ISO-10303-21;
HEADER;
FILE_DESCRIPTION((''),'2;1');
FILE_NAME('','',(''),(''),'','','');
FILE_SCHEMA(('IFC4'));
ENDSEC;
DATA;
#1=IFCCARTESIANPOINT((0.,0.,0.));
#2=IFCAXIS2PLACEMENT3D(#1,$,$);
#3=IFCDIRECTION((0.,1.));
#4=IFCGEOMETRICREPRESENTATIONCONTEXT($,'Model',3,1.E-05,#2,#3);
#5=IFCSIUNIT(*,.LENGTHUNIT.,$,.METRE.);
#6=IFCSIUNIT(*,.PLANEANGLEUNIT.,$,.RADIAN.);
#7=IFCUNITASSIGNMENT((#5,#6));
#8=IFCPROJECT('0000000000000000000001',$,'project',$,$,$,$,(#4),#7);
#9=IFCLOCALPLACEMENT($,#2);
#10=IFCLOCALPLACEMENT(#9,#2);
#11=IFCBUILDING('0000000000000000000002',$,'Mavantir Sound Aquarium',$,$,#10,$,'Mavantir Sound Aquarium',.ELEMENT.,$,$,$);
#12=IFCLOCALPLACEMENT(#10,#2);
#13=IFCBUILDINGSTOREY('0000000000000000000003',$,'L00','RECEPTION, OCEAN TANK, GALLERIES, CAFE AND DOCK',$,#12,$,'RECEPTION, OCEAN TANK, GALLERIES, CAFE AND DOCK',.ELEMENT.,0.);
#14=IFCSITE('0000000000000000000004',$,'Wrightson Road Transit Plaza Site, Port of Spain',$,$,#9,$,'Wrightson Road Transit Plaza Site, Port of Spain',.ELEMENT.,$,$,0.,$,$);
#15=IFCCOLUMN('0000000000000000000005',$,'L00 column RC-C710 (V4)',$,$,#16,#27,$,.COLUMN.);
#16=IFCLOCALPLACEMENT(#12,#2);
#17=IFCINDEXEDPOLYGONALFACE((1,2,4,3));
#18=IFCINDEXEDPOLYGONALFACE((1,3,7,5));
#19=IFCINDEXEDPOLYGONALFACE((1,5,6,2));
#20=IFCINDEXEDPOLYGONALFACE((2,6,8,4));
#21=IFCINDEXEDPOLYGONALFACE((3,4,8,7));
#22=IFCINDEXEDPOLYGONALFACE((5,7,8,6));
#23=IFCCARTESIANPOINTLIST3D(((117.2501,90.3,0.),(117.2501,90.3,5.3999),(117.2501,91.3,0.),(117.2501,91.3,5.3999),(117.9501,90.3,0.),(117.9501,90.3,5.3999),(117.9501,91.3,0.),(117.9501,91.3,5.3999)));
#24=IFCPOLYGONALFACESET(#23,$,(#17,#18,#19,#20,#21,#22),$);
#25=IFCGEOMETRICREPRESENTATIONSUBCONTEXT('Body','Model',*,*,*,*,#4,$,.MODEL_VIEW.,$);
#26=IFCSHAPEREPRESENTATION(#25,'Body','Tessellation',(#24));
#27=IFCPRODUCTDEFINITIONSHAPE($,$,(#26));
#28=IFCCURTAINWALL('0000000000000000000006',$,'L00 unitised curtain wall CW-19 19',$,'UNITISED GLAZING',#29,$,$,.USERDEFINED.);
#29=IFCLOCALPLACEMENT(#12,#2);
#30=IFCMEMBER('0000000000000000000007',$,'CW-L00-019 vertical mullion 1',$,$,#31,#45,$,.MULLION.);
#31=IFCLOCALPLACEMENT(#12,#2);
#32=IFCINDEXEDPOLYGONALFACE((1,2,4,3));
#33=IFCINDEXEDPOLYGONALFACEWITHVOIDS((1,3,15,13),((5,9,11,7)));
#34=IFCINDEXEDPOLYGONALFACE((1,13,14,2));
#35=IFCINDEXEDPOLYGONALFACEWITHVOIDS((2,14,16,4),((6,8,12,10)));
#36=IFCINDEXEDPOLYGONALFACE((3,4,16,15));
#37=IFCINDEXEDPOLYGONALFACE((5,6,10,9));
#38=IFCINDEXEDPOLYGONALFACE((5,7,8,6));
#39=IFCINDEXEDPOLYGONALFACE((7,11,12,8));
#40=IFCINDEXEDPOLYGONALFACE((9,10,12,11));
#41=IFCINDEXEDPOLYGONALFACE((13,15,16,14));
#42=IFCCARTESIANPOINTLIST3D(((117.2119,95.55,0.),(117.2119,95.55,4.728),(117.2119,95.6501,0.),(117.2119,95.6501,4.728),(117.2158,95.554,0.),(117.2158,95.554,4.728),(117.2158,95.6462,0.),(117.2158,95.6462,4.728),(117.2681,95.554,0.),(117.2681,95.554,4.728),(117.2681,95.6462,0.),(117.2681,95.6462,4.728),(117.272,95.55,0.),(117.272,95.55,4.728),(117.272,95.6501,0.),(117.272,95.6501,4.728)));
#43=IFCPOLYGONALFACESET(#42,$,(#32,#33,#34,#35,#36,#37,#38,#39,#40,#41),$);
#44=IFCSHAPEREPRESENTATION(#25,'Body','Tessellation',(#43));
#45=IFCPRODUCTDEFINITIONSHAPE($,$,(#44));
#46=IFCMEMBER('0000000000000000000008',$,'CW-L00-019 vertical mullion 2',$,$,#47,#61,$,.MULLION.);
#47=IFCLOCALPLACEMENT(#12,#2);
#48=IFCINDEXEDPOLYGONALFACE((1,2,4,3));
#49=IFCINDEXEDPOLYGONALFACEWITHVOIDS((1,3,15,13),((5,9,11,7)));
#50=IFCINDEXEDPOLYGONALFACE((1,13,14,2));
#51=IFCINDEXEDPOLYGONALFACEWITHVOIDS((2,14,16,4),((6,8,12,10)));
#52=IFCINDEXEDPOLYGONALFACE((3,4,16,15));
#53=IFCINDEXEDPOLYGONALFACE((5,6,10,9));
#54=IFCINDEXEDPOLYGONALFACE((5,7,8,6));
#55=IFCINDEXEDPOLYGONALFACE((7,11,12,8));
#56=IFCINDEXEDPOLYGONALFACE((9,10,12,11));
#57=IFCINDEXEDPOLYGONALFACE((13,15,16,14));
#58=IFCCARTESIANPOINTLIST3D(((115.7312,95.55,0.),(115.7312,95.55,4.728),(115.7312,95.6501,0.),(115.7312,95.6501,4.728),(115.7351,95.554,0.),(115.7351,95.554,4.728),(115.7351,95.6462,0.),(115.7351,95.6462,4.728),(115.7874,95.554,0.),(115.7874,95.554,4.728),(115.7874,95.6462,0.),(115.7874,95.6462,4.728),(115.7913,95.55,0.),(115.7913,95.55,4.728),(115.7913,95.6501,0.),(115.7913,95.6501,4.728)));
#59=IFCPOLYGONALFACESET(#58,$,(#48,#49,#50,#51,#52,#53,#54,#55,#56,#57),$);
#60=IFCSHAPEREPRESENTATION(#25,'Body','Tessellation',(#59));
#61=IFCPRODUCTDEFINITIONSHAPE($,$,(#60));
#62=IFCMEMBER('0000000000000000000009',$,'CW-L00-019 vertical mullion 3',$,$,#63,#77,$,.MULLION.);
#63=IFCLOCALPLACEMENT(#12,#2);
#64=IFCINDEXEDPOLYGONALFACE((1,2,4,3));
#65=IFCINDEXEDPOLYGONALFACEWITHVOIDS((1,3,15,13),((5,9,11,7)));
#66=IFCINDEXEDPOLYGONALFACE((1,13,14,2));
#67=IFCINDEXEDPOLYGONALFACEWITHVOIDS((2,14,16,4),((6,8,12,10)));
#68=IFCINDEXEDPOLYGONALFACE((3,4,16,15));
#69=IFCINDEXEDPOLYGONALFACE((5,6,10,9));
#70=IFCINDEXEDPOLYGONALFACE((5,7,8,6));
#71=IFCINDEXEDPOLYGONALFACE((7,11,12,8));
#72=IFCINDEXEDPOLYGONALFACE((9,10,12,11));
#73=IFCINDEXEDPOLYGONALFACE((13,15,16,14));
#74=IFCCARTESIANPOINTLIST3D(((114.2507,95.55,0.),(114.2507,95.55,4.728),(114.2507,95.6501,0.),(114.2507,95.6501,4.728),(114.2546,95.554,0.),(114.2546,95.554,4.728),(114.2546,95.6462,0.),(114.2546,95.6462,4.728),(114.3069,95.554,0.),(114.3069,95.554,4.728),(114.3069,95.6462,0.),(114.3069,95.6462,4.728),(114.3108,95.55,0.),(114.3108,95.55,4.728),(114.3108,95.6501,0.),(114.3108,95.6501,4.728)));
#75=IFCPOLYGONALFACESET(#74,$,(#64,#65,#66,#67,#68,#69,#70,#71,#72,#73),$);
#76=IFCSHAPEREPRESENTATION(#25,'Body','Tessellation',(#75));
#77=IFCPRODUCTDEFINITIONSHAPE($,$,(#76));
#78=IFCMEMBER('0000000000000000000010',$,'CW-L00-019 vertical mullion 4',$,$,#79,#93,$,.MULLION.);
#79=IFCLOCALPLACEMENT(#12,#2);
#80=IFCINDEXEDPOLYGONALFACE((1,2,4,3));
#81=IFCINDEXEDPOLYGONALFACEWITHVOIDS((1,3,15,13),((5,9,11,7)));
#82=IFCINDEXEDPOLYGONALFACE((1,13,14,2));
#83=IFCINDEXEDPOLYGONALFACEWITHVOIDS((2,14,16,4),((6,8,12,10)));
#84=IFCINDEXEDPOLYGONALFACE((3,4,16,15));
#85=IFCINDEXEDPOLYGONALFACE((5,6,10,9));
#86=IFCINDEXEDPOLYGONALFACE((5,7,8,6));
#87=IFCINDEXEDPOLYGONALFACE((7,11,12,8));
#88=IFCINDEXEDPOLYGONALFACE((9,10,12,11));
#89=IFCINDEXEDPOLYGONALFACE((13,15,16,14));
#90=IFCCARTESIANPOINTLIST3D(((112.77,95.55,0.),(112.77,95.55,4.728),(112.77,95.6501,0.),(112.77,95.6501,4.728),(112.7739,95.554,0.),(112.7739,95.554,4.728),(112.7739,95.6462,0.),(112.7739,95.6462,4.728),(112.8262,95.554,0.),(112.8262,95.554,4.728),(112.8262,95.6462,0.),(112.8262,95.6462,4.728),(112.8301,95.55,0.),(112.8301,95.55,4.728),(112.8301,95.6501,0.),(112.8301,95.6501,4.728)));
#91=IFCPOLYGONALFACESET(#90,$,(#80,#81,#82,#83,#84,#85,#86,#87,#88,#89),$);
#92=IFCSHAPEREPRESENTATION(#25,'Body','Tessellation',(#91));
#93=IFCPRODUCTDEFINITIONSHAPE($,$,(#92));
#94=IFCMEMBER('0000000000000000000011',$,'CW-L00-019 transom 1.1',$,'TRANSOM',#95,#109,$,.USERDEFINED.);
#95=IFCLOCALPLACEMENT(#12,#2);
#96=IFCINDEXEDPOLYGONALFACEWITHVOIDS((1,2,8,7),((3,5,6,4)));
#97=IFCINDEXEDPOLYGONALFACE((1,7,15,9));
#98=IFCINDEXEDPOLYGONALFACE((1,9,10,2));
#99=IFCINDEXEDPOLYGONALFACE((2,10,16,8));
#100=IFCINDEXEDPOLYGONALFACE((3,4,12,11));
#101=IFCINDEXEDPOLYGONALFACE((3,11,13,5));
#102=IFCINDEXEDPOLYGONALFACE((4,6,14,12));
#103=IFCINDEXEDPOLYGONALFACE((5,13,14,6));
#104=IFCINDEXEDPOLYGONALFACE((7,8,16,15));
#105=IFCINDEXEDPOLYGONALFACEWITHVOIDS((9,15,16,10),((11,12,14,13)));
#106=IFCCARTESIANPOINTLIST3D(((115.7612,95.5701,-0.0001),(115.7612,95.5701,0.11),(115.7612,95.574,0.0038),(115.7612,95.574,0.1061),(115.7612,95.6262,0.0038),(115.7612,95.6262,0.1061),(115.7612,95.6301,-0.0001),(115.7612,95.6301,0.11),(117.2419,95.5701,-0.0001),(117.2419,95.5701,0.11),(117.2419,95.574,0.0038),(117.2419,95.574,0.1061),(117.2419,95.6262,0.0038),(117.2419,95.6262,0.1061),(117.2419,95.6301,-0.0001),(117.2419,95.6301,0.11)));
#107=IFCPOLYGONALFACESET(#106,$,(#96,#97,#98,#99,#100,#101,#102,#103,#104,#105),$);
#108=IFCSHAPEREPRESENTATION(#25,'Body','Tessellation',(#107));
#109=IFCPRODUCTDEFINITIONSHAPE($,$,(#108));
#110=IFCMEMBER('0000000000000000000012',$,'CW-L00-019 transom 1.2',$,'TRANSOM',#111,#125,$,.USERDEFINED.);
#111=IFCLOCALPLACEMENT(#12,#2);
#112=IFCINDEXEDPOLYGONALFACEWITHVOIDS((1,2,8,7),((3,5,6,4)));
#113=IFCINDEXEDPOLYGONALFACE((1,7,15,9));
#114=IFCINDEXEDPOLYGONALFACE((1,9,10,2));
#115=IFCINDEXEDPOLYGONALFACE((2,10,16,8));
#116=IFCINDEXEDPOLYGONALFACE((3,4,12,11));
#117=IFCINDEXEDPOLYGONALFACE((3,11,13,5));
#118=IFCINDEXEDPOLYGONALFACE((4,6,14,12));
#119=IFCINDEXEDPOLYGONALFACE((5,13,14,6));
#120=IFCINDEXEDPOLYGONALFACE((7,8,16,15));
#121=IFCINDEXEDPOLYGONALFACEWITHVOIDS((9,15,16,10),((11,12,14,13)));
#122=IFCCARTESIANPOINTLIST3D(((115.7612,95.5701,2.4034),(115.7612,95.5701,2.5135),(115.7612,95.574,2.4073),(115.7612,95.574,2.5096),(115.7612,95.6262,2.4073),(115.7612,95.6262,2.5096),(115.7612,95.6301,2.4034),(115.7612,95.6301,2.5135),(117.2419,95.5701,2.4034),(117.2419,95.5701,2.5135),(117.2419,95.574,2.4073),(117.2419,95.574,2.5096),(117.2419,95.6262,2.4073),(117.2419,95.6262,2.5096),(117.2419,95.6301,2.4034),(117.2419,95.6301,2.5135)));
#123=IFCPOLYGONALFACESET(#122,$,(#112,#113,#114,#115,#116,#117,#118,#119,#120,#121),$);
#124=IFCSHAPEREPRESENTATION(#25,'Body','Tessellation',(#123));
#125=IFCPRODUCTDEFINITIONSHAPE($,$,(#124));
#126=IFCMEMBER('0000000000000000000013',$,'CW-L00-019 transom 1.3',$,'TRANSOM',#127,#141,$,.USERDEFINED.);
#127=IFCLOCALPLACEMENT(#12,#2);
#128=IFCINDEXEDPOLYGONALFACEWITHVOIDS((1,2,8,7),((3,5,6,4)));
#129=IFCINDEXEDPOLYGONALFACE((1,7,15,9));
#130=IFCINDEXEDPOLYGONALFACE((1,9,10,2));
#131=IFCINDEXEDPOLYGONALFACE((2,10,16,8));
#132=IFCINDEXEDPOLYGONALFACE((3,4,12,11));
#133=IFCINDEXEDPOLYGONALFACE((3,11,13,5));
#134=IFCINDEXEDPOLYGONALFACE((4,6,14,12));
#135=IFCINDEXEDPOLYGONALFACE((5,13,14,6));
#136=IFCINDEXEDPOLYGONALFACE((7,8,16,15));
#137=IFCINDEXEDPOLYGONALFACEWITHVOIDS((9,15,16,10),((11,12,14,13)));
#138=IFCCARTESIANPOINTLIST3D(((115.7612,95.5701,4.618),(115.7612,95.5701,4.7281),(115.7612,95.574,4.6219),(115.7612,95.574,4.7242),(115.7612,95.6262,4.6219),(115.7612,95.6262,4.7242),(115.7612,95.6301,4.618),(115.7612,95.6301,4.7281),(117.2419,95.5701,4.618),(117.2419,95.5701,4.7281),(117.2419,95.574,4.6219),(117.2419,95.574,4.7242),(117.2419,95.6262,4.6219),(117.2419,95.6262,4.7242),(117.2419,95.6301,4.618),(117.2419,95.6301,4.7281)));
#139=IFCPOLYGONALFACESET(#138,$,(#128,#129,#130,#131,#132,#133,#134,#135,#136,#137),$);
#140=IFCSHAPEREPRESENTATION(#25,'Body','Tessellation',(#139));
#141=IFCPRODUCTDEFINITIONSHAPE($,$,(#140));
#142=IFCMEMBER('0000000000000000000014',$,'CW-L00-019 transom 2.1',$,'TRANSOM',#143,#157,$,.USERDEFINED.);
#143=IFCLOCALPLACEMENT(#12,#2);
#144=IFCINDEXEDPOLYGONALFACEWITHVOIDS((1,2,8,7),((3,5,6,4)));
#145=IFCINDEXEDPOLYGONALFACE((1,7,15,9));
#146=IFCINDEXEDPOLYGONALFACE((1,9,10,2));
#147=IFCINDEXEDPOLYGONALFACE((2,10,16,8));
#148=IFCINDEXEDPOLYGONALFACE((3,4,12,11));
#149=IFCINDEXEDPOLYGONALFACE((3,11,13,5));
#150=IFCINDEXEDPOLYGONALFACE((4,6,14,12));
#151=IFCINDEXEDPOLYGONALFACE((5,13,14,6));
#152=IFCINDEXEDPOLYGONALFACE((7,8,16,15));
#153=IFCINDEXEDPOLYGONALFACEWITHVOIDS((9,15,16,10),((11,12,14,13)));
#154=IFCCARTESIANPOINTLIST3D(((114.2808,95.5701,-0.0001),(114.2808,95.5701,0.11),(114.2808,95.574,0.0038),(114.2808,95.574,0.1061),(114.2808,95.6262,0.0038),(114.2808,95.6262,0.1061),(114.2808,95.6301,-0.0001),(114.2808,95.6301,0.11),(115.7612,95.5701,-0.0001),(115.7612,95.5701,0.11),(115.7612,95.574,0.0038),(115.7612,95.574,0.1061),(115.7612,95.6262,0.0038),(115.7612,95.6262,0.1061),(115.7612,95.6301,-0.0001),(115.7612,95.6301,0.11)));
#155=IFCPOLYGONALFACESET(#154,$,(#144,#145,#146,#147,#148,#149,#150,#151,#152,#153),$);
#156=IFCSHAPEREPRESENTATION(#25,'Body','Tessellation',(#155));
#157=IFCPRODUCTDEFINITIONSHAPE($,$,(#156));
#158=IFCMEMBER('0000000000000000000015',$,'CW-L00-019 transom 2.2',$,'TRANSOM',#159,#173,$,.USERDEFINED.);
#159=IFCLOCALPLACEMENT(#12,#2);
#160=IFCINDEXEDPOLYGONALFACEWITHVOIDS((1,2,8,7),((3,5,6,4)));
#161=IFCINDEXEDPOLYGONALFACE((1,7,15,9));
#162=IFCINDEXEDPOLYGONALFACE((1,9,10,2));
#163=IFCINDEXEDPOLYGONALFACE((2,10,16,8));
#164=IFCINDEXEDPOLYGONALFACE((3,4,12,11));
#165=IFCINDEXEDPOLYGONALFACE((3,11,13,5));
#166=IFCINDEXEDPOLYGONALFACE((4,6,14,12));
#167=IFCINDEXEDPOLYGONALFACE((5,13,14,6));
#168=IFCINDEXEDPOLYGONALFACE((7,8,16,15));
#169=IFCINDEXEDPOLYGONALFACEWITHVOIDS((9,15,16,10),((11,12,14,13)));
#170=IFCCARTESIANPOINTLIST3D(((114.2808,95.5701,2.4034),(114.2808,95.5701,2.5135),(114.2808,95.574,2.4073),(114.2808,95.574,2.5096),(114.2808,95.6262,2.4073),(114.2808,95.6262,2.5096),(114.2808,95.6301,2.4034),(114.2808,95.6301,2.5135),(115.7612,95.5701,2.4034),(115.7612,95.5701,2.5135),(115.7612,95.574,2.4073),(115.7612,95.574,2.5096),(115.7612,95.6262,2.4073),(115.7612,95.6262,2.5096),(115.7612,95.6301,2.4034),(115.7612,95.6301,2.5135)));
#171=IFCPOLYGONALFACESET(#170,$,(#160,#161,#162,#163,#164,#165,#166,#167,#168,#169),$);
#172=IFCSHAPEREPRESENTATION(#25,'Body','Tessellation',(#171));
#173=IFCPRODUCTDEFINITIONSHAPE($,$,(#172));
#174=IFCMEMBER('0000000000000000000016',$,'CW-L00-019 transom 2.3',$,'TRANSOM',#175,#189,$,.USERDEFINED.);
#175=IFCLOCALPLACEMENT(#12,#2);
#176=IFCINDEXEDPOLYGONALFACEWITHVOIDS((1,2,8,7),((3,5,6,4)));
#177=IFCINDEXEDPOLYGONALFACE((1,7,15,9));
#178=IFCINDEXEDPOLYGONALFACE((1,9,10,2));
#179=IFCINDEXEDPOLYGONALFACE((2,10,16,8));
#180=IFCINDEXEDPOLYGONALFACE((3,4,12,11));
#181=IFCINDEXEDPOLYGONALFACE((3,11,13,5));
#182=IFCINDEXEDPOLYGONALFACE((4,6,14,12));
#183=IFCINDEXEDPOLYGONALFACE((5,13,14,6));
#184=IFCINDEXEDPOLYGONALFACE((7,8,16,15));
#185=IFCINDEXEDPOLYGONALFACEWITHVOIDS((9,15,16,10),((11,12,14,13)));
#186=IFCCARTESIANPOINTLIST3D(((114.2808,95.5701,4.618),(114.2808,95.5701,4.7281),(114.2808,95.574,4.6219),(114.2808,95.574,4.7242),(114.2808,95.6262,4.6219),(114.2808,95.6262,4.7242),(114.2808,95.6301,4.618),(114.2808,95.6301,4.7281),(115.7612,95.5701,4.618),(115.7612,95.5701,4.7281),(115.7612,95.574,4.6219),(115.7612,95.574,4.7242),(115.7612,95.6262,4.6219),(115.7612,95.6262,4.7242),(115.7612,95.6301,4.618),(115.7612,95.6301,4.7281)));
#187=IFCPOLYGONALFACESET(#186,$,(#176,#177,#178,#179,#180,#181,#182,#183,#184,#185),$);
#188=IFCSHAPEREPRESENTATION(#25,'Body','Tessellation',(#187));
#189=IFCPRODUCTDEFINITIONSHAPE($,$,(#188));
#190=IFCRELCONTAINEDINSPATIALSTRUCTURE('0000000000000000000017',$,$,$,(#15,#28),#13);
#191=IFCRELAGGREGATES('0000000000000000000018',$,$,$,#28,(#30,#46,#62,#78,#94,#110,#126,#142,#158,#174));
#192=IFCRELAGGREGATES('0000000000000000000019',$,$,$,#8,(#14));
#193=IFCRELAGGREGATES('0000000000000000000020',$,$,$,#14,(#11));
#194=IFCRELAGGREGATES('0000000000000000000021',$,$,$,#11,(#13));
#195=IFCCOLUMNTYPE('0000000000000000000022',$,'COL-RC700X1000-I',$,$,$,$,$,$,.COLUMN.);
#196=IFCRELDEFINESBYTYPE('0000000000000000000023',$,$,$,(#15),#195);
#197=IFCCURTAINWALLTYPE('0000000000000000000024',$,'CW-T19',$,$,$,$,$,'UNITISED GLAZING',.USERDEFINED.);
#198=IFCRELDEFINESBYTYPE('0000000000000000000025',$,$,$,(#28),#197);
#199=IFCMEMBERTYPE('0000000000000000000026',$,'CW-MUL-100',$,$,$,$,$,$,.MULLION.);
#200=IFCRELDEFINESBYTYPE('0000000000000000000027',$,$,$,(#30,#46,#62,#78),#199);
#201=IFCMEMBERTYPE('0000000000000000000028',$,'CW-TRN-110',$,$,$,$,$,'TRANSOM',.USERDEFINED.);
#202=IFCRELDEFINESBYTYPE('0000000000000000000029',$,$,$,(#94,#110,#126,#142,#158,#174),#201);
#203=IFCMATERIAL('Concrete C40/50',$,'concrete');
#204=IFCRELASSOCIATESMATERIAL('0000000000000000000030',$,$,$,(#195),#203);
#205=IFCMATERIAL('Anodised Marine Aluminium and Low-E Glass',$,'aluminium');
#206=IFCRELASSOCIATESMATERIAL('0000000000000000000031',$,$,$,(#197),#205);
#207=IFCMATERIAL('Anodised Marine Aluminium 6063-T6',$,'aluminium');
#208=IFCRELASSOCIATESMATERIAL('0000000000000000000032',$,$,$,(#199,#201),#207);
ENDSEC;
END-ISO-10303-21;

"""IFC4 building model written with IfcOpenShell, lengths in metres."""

from ifc_helpers import new_model, si_unit, direction, frame, origin, origin_2d, place, context, subcontext, project, spatial, rectangle, hollow_rectangle, extrude, material, material_profile, profile_set, type_object, element, aggregate, save


model = new_model("IFC4")

# Units and contexts
model_context = context("Model", 3, precision=1e-05, world=origin(), true_north=direction((0.0, 1.0)))
body_context = subcontext(model_context, "Body", "Model", "MODEL_VIEW")
ifc_project = project(units=[si_unit("LENGTHUNIT", "METRE"), si_unit("PLANEANGLEUNIT", "RADIAN")], contexts=[model_context])

# Site, building, storey
site_placement = place(None, origin())
site = spatial("IfcSite", under=ifc_project, at=site_placement, Name="Wrightson Road Transit Plaza Site, Port of Spain", LongName="Wrightson Road Transit Plaza Site, Port of Spain", CompositionType="ELEMENT", RefElevation=0.0)
building_placement = place(site_placement, origin())
building = spatial("IfcBuilding", under=site, at=building_placement, Name="Mavantir Sound Aquarium", LongName="Mavantir Sound Aquarium", CompositionType="ELEMENT")
storey_placement = place(building_placement, origin())
storey = spatial("IfcBuildingStorey", under=building, at=storey_placement, Name="L00", Description="RECEPTION, OCEAN TANK, GALLERIES, CAFE AND DOCK", LongName="RECEPTION, OCEAN TANK, GALLERIES, CAFE AND DOCK", CompositionType="ELEMENT", Elevation=0.0)

# Column
ifc_material_1 = material(Name="Concrete C40/50", Category="concrete")
ifc_material_profile_1 = material_profile(ifc_material_1, rectangle(XDim=0.7, YDim=1.0, at=origin_2d()), Name="RC 700X1000")
ifc_profile_set_1 = profile_set([ifc_material_profile_1], Name="Concrete C40/50")
column_type = type_object("IfcColumnType", Name="COL-RC700X1000-I", PredefinedType="COLUMN", material=ifc_profile_set_1)
column_placement = place(storey_placement, frame((117.6001, 90.8, 0.0), z_axis=(0.0, 0.0, 1.0), x_axis=(1.0, 0.0, 0.0)))
element("IfcColumn", 1, at=column_placement, inside=storey, type_object=column_type, Name="L00 column RC-C710 (V4)", PredefinedType="COLUMN", context=body_context, shape_type="SweptSolid", body=[
    extrude(rectangle(XDim=0.7, YDim=1.0, at=origin_2d()), origin(), (0.0, 0.0, 1.0), 5.3999),
])

# Curtain wall, members
ifc_material_2 = material(Name="Anodised Marine Aluminium and Low-E Glass", Category="aluminium")
curtain_wall_type = type_object("IfcCurtainWallType", Name="CW-T19", ElementType="UNITISED GLAZING", PredefinedType="USERDEFINED", material=ifc_material_2)
curtain_wall_placement = place(storey_placement, origin())
curtain_wall = element("IfcCurtainWall", 2, at=curtain_wall_placement, inside=storey, type_object=curtain_wall_type, Name="L00 unitised curtain wall CW-19 19", ObjectType="UNITISED GLAZING", PredefinedType="USERDEFINED")
ifc_material_3 = material(Name="Anodised Marine Aluminium 6063-T6", Category="aluminium")
ifc_material_profile_2 = material_profile(ifc_material_3, hollow_rectangle(XDim=0.0601, YDim=0.1001, WallThickness=0.0039, at=origin_2d()), Name="ALU-MULLION-100X60")
ifc_profile_set_2 = profile_set([ifc_material_profile_2], Name="Anodised Marine Aluminium 6063-T6")
member_type_1 = type_object("IfcMemberType", Name="CW-MUL-100", PredefinedType="MULLION", material=ifc_profile_set_2)
member_1_placement = place(storey_placement, frame((117.2419, 95.6001, 0.0), z_axis=(0.0, 0.0, 1.0), x_axis=(1.0, 0.0, 0.0)))
member_1 = element("IfcMember", 3, at=member_1_placement, type_object=member_type_1, Name="CW-L00-019 vertical mullion 1", PredefinedType="MULLION", context=body_context, shape_type="SweptSolid", body=[
    extrude(hollow_rectangle(XDim=0.0601, YDim=0.1001, WallThickness=0.0039, at=origin_2d()), origin(), (0.0, 0.0, 1.0), 4.728),
])
member_2_placement = place(storey_placement, frame((115.7612, 95.6001, 0.0), z_axis=(0.0, 0.0, 1.0), x_axis=(1.0, 0.0, 0.0)))
member_2 = element("IfcMember", 4, at=member_2_placement, type_object=member_type_1, Name="CW-L00-019 vertical mullion 2", PredefinedType="MULLION", context=body_context, shape_type="SweptSolid", body=[
    extrude(hollow_rectangle(XDim=0.0601, YDim=0.1001, WallThickness=0.0039, at=origin_2d()), origin(), (0.0, 0.0, 1.0), 4.728),
])
member_3_placement = place(storey_placement, frame((114.2808, 95.6001, 0.0), z_axis=(0.0, 0.0, 1.0), x_axis=(1.0, 0.0, 0.0)))
member_3 = element("IfcMember", 5, at=member_3_placement, type_object=member_type_1, Name="CW-L00-019 vertical mullion 3", PredefinedType="MULLION", context=body_context, shape_type="SweptSolid", body=[
    extrude(hollow_rectangle(XDim=0.0601, YDim=0.1001, WallThickness=0.0039, at=origin_2d()), origin(), (0.0, 0.0, 1.0), 4.728),
])
member_4_placement = place(storey_placement, frame((112.8, 95.6001, 0.0), z_axis=(0.0, 0.0, 1.0), x_axis=(1.0, 0.0, 0.0)))
member_4 = element("IfcMember", 6, at=member_4_placement, type_object=member_type_1, Name="CW-L00-019 vertical mullion 4", PredefinedType="MULLION", context=body_context, shape_type="SweptSolid", body=[
    extrude(hollow_rectangle(XDim=0.0601, YDim=0.1001, WallThickness=0.0039, at=origin_2d()), origin(), (0.0, 0.0, 1.0), 4.728),
])
ifc_material_profile_3 = material_profile(ifc_material_3, hollow_rectangle(XDim=0.0601, YDim=0.1101, WallThickness=0.0039, at=origin_2d()), Name="ALU-TRANSOM-110X60")
ifc_profile_set_3 = profile_set([ifc_material_profile_3], Name="Anodised Marine Aluminium 6063-T6")
member_type_2 = type_object("IfcMemberType", Name="CW-TRN-110", ElementType="TRANSOM", PredefinedType="USERDEFINED", material=ifc_profile_set_3)
member_5_placement = place(storey_placement, frame((117.2419, 95.6001, 0.0549), z_axis=(-1.0, 0.0, 0.0), x_axis=(0.0, -1.0, 0.0)))
member_5 = element("IfcMember", 7, at=member_5_placement, type_object=member_type_2, Name="CW-L00-019 transom 1.1", ObjectType="TRANSOM", PredefinedType="USERDEFINED", context=body_context, shape_type="SweptSolid", body=[
    extrude(hollow_rectangle(XDim=0.0601, YDim=0.1101, WallThickness=0.0039, at=origin_2d()), origin(), (0.0, 0.0, 1.0), 1.4807),
])
member_6_placement = place(storey_placement, frame((117.2419, 95.6001, 2.4585), z_axis=(-1.0, 0.0, 0.0), x_axis=(0.0, -1.0, 0.0)))
member_6 = element("IfcMember", 8, at=member_6_placement, type_object=member_type_2, Name="CW-L00-019 transom 1.2", ObjectType="TRANSOM", PredefinedType="USERDEFINED", context=body_context, shape_type="SweptSolid", body=[
    extrude(hollow_rectangle(XDim=0.0601, YDim=0.1101, WallThickness=0.0039, at=origin_2d()), origin(), (0.0, 0.0, 1.0), 1.4807),
])
member_7_placement = place(storey_placement, frame((117.2419, 95.6001, 4.6731), z_axis=(-1.0, 0.0, 0.0), x_axis=(0.0, -1.0, 0.0)))
member_7 = element("IfcMember", 9, at=member_7_placement, type_object=member_type_2, Name="CW-L00-019 transom 1.3", ObjectType="TRANSOM", PredefinedType="USERDEFINED", context=body_context, shape_type="SweptSolid", body=[
    extrude(hollow_rectangle(XDim=0.0601, YDim=0.1101, WallThickness=0.0039, at=origin_2d()), origin(), (0.0, 0.0, 1.0), 1.4807),
])
member_8_placement = place(storey_placement, frame((115.7612, 95.6001, 0.0549), z_axis=(-1.0, 0.0, 0.0), x_axis=(0.0, -1.0, 0.0)))
member_8 = element("IfcMember", 10, at=member_8_placement, type_object=member_type_2, Name="CW-L00-019 transom 2.1", ObjectType="TRANSOM", PredefinedType="USERDEFINED", context=body_context, shape_type="SweptSolid", body=[
    extrude(hollow_rectangle(XDim=0.0601, YDim=0.1101, WallThickness=0.0039, at=origin_2d()), origin(), (0.0, 0.0, 1.0), 1.4805),
])
member_9_placement = place(storey_placement, frame((115.7612, 95.6001, 2.4585), z_axis=(-1.0, 0.0, 0.0), x_axis=(0.0, -1.0, 0.0)))
member_9 = element("IfcMember", 11, at=member_9_placement, type_object=member_type_2, Name="CW-L00-019 transom 2.2", ObjectType="TRANSOM", PredefinedType="USERDEFINED", context=body_context, shape_type="SweptSolid", body=[
    extrude(hollow_rectangle(XDim=0.0601, YDim=0.1101, WallThickness=0.0039, at=origin_2d()), origin(), (0.0, 0.0, 1.0), 1.4805),
])
member_10_placement = place(storey_placement, frame((115.7612, 95.6001, 4.6731), z_axis=(-1.0, 0.0, 0.0), x_axis=(0.0, -1.0, 0.0)))
member_10 = element("IfcMember", 12, at=member_10_placement, type_object=member_type_2, Name="CW-L00-019 transom 2.3", ObjectType="TRANSOM", PredefinedType="USERDEFINED", context=body_context, shape_type="SweptSolid", body=[
    extrude(hollow_rectangle(XDim=0.0601, YDim=0.1101, WallThickness=0.0039, at=origin_2d()), origin(), (0.0, 0.0, 1.0), 1.4805),
])
aggregate(curtain_wall, [member_1, member_2, member_3, member_4, member_5, member_6, member_7, member_8, member_9, member_10])

save(model, "model.ifc")
